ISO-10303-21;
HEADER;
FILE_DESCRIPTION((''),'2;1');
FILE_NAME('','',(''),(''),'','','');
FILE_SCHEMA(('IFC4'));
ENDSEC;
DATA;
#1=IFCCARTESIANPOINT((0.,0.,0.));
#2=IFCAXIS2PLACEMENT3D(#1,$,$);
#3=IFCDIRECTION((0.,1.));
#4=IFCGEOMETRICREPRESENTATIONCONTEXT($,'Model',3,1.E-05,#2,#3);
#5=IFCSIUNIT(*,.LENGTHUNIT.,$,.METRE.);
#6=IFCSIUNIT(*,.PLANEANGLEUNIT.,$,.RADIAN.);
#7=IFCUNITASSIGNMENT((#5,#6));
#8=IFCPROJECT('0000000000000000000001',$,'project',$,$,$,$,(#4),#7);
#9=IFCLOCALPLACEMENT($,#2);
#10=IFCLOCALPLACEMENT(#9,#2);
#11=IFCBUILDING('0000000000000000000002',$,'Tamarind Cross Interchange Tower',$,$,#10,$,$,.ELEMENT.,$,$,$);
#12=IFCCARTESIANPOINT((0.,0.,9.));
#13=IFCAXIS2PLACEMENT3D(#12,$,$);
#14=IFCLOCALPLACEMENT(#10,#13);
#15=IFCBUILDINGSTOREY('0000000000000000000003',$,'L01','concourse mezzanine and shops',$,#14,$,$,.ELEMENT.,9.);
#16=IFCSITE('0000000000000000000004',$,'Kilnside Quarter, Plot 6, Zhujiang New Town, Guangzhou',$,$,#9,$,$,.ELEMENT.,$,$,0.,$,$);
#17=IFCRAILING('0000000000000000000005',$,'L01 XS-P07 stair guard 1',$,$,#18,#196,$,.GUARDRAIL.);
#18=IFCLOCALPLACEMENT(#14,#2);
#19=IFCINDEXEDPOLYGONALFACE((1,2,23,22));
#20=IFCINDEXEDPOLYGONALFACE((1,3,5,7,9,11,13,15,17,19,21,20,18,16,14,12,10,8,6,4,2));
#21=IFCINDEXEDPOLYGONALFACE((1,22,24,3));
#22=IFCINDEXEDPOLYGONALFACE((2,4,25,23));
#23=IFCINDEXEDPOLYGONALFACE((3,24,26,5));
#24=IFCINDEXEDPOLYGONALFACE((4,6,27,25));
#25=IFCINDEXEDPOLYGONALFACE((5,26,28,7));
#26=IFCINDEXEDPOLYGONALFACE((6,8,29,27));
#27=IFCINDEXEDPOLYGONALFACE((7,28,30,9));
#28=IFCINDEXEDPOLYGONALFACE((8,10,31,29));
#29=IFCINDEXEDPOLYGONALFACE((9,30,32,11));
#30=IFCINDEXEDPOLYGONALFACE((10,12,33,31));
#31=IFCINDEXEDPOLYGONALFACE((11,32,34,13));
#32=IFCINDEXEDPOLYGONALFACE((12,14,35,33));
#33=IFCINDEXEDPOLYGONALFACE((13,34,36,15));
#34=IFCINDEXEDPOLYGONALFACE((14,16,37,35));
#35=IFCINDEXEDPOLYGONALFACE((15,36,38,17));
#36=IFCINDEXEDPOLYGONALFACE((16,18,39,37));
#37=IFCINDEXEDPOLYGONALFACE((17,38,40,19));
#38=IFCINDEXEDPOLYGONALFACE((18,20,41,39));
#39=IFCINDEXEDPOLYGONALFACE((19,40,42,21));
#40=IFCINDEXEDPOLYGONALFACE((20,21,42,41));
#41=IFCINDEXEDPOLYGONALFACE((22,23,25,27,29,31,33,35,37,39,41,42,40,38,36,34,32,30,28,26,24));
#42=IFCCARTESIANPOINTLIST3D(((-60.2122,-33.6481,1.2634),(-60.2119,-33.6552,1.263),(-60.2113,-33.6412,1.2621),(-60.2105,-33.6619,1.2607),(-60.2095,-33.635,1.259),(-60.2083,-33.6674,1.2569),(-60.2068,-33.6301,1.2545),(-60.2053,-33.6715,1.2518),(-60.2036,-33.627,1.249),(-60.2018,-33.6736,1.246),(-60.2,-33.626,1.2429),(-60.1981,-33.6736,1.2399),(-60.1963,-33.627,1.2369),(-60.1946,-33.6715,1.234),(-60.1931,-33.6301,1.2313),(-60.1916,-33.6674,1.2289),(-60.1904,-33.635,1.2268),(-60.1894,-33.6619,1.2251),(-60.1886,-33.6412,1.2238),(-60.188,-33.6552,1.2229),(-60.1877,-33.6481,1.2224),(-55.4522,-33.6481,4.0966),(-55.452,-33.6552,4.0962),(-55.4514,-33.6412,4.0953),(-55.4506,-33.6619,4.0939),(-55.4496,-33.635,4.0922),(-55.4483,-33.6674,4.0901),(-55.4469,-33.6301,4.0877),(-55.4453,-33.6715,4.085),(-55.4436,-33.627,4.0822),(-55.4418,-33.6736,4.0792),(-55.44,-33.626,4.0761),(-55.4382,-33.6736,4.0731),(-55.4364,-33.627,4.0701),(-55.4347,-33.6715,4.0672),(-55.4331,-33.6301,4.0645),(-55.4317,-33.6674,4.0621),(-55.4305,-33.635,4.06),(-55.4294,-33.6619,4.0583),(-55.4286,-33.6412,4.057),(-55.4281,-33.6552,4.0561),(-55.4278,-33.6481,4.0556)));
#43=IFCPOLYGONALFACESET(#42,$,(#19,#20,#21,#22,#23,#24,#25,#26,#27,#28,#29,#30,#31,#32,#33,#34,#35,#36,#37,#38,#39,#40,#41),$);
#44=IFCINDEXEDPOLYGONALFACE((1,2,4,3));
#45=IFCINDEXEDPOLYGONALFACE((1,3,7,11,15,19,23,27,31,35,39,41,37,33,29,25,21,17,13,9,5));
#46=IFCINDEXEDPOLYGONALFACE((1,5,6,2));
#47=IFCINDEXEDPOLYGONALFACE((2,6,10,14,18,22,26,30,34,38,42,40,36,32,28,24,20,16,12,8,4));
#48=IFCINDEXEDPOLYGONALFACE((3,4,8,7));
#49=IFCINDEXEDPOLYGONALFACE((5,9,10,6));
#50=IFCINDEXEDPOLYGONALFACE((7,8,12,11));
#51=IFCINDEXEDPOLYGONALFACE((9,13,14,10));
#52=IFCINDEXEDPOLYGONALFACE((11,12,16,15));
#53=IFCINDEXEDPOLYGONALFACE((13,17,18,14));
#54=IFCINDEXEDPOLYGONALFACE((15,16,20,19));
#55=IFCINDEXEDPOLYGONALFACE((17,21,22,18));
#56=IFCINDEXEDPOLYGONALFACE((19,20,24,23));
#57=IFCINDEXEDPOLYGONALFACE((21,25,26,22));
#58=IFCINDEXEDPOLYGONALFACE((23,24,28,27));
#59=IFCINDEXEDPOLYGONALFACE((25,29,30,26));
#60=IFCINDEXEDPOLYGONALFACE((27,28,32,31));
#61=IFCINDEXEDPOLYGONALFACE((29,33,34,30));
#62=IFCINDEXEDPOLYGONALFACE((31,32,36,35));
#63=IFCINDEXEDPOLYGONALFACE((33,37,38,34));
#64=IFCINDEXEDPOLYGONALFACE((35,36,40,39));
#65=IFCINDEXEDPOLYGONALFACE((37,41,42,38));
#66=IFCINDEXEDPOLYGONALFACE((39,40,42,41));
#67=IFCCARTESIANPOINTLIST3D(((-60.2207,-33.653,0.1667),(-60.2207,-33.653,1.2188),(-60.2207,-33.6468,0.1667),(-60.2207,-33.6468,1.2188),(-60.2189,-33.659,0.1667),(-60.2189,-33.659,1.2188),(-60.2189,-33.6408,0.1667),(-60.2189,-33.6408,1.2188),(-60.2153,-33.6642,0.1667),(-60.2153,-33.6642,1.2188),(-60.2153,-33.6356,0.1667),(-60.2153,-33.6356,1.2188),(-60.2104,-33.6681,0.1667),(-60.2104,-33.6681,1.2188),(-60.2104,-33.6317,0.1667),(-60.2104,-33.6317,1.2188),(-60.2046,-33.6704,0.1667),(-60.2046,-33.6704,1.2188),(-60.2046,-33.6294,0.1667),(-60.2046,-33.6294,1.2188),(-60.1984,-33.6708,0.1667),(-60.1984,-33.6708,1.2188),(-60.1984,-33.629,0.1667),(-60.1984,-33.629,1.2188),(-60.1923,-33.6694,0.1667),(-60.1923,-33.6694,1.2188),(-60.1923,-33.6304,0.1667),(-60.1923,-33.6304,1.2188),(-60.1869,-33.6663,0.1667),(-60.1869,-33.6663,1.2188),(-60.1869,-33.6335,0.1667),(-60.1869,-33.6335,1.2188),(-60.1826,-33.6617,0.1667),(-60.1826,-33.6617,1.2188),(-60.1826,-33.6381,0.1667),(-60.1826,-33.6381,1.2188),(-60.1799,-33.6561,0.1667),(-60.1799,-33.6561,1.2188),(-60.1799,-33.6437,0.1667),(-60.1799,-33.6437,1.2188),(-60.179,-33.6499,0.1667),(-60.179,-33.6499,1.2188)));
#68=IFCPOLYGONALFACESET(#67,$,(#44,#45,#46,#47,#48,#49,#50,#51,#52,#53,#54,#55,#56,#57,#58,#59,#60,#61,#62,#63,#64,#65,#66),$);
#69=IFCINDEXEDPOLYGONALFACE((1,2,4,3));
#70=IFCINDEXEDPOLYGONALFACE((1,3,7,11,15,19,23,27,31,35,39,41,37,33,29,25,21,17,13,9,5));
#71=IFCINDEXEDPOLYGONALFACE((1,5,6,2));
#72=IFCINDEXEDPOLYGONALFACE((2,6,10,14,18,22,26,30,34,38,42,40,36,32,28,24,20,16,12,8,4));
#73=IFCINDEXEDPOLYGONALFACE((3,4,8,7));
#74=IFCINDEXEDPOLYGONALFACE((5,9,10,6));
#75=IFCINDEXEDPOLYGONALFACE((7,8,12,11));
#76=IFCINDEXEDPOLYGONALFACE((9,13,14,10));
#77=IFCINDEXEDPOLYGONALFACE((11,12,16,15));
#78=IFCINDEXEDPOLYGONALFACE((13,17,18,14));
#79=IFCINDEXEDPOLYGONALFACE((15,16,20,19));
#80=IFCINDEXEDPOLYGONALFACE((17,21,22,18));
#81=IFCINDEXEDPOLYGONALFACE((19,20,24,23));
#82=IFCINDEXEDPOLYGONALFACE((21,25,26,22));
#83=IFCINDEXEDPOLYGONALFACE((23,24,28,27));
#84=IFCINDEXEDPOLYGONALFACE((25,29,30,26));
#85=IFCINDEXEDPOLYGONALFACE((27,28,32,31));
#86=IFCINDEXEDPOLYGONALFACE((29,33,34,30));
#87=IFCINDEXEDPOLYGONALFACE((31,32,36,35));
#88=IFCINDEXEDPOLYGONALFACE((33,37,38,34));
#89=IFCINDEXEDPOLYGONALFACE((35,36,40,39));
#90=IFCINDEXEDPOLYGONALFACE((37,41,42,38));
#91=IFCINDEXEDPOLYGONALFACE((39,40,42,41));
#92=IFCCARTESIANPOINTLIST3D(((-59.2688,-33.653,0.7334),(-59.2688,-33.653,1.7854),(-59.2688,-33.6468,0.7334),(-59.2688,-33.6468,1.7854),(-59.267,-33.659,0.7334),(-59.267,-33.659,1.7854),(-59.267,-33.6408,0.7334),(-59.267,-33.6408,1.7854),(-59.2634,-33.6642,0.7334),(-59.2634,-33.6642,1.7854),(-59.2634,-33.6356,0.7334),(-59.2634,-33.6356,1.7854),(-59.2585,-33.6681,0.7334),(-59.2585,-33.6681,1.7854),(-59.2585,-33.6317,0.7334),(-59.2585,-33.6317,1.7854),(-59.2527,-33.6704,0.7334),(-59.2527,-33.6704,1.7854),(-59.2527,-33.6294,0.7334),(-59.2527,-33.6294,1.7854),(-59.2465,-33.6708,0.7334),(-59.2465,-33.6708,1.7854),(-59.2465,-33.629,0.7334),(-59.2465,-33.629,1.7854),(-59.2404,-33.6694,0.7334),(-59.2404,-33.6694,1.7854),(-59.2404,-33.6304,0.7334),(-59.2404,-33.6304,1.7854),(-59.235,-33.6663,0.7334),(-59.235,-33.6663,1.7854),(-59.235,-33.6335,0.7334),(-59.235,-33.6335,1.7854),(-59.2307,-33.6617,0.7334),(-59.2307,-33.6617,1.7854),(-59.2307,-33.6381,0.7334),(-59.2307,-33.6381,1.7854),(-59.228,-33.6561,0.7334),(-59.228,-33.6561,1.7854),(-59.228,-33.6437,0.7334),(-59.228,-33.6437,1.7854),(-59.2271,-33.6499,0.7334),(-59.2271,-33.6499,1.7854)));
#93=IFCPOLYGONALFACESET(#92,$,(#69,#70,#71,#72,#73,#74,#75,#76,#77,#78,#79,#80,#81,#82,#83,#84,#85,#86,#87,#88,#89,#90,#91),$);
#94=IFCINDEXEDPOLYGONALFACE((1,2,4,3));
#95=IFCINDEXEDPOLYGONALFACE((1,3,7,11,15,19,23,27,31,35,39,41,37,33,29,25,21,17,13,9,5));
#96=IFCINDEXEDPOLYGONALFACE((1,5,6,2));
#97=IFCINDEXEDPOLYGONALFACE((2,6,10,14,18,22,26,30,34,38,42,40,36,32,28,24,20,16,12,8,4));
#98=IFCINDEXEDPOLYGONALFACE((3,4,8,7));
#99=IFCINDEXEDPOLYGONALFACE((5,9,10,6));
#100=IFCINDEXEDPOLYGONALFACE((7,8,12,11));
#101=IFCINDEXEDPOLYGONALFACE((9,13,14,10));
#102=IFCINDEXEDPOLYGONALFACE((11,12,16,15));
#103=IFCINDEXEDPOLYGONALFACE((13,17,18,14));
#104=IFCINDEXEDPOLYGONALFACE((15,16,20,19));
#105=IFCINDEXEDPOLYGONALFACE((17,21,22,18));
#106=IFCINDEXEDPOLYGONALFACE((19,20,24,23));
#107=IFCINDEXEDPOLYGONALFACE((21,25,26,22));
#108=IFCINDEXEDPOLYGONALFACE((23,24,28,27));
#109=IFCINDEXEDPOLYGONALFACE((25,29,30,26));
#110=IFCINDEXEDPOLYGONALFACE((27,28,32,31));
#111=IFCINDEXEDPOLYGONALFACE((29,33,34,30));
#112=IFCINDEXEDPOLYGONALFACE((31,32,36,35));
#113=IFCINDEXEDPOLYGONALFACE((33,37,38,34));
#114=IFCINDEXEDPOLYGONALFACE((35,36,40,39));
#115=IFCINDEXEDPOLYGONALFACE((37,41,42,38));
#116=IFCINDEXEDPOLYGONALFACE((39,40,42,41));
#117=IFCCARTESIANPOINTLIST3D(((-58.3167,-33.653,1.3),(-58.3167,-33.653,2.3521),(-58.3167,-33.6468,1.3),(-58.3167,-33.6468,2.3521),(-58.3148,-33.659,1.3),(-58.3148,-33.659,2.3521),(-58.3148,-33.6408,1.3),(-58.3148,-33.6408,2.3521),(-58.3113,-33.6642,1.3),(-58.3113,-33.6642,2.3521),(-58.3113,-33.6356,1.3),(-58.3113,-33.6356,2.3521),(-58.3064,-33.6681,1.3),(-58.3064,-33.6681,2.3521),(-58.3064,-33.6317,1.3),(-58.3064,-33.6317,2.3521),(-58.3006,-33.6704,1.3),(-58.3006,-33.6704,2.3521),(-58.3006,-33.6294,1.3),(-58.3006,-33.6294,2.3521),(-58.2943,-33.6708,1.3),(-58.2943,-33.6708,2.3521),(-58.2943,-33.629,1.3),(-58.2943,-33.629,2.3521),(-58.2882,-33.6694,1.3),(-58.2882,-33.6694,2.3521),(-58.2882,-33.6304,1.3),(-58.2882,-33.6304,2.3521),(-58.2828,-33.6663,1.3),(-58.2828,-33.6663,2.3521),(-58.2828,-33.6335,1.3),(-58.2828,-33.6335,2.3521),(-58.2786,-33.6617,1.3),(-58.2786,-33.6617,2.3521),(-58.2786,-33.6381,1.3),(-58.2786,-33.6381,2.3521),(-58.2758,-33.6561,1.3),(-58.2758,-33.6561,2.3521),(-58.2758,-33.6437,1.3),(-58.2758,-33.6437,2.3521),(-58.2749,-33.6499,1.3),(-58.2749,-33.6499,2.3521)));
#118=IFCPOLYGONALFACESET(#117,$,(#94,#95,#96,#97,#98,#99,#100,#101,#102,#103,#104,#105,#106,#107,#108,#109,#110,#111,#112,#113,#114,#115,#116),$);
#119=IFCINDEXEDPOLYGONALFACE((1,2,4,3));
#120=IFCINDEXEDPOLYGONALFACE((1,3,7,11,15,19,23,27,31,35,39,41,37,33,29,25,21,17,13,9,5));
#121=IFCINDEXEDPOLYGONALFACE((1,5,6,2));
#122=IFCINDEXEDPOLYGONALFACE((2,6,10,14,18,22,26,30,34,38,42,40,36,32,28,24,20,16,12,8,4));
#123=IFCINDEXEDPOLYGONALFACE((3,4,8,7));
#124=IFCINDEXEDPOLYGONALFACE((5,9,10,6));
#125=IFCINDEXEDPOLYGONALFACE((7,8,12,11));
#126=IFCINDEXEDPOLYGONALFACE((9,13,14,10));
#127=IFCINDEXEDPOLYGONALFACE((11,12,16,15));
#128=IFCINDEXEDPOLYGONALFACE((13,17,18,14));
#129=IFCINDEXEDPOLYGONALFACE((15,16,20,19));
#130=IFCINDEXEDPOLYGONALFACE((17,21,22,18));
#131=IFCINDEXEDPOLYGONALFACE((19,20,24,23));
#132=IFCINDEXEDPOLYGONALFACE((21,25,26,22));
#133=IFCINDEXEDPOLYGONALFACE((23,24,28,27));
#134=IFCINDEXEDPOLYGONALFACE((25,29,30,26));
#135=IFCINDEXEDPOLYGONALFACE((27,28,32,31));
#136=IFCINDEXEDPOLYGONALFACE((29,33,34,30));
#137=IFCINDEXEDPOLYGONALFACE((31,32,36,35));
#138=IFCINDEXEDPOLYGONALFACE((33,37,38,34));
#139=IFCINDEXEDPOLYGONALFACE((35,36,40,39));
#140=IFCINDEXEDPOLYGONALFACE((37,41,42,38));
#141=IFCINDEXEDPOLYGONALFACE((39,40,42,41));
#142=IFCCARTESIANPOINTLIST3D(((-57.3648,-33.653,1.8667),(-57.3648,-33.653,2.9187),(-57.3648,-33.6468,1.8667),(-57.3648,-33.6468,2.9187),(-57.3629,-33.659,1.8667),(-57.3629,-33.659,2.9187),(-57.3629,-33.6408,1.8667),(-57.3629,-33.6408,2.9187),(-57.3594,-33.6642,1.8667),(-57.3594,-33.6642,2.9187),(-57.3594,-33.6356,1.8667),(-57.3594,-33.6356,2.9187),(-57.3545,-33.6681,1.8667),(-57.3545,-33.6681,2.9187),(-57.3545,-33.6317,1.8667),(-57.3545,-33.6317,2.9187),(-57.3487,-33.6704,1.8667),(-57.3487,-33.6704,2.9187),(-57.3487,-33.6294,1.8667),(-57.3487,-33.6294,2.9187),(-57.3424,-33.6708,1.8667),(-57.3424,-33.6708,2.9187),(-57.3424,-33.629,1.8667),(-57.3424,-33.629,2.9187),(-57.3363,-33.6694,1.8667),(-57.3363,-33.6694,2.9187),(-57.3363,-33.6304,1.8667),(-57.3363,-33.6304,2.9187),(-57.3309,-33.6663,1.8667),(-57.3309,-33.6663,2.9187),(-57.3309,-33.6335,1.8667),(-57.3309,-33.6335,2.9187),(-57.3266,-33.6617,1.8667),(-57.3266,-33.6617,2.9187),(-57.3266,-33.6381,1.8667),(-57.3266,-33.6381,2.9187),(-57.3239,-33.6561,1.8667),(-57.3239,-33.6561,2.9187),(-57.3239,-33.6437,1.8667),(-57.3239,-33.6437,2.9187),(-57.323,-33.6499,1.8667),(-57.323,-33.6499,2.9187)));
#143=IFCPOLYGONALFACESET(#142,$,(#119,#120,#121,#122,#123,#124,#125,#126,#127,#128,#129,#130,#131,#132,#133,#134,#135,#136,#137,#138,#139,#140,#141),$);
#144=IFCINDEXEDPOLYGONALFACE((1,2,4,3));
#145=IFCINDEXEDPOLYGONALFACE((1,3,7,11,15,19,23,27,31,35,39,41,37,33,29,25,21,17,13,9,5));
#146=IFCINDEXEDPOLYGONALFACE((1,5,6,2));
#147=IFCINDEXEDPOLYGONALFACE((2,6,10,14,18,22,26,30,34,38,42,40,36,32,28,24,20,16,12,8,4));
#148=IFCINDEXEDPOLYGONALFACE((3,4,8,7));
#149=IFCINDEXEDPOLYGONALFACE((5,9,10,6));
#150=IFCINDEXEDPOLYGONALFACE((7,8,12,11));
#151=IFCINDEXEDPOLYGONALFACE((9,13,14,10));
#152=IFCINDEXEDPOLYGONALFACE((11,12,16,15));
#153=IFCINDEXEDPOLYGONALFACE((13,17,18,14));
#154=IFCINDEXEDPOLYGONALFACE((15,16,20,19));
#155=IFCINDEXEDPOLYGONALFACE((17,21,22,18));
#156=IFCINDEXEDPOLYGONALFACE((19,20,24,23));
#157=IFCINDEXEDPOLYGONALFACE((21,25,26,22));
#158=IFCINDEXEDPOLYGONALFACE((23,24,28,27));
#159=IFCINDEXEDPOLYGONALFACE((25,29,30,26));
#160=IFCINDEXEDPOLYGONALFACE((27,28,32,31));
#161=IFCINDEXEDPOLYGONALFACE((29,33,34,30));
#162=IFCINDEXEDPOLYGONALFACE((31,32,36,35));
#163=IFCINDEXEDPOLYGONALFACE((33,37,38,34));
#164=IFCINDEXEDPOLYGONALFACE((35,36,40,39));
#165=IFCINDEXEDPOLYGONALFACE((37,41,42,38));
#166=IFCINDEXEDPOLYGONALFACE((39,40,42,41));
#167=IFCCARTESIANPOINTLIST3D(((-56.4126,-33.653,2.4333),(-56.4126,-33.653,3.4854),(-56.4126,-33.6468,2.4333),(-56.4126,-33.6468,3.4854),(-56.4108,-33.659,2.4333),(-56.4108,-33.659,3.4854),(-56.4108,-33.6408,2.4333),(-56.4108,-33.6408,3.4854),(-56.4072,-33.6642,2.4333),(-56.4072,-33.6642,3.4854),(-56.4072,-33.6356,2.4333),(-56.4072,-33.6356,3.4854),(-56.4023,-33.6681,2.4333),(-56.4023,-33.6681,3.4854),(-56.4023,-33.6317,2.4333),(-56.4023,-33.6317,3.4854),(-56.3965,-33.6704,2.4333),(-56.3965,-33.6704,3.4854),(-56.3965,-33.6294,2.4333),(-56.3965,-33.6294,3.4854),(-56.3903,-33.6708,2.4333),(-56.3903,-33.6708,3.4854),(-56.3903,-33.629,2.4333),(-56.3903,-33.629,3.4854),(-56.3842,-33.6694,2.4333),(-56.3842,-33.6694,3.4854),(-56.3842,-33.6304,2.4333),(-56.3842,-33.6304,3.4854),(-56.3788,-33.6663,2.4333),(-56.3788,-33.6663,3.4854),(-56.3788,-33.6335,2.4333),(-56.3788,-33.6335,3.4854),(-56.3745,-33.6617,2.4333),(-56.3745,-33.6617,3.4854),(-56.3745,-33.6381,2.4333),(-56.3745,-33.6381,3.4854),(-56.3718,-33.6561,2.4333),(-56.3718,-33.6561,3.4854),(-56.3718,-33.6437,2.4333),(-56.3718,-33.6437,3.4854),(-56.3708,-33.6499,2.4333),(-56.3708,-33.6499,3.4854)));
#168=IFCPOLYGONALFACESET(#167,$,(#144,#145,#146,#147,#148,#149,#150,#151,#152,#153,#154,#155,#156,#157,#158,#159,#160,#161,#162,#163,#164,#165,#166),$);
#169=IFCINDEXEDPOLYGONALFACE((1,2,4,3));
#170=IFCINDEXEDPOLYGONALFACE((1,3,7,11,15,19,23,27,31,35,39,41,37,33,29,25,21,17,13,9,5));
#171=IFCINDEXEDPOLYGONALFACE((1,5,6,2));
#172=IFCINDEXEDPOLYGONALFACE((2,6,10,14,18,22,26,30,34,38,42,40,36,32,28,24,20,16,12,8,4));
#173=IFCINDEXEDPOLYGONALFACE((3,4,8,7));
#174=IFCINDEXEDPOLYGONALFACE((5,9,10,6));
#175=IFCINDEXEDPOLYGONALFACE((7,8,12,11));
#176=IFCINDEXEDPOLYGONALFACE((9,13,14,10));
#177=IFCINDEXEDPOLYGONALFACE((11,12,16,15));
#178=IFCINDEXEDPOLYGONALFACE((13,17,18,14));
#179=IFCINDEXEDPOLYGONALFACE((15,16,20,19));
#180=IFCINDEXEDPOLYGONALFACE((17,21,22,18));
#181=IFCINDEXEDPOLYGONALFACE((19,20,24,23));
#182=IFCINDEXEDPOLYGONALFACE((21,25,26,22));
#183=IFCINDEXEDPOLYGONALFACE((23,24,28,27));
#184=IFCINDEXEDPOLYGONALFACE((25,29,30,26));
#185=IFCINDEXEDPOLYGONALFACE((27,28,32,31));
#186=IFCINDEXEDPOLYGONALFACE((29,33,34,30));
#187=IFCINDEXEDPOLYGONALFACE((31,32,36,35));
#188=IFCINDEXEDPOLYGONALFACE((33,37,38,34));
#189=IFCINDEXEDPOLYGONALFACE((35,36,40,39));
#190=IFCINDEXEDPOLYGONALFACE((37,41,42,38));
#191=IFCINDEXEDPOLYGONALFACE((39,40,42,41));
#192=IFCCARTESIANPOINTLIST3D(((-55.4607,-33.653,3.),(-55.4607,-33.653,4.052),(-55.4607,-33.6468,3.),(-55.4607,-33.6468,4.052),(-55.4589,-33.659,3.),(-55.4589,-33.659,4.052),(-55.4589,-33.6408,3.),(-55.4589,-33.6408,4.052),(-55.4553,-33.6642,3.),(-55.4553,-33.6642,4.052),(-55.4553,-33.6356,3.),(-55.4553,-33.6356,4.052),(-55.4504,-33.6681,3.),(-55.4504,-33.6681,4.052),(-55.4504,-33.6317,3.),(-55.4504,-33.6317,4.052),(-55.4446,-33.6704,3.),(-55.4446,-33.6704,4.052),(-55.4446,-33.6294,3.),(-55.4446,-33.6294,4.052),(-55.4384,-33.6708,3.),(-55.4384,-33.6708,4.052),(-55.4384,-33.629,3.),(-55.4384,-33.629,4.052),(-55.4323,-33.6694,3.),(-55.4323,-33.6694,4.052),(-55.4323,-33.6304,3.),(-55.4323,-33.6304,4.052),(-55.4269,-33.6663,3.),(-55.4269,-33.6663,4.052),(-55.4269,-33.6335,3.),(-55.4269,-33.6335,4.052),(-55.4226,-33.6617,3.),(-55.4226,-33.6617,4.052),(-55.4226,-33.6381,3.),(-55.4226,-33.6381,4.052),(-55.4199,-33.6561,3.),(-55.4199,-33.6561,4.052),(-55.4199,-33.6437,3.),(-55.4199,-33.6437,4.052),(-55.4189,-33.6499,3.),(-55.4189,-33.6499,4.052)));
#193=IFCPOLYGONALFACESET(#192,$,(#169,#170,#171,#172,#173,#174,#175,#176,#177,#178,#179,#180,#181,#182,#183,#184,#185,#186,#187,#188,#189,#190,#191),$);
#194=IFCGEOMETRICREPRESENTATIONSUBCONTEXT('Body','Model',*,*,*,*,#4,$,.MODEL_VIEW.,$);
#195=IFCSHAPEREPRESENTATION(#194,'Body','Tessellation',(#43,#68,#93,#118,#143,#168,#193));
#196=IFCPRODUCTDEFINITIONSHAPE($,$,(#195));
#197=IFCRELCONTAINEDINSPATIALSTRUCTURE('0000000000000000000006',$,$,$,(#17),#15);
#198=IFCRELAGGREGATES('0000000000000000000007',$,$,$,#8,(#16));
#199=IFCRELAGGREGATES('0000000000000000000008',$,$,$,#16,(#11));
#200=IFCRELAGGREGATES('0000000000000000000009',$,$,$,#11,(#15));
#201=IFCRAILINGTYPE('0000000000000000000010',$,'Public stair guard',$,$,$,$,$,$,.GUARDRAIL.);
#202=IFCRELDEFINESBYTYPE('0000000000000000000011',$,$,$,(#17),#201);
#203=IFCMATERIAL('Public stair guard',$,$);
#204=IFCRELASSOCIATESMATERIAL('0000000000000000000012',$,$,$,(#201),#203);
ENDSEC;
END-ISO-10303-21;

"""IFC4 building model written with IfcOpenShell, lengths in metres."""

from ifc_helpers import new_model, si_unit, direction, frame, origin, origin_2d, place, context, subcontext, project, spatial, circle, extrude, material, type_object, element, save


model = new_model("IFC4")

# Units and contexts
model_context = context("Model", 3, precision=1e-05, world=origin(), true_north=direction((0.0, 1.0)))
body_context = subcontext(model_context, "Body", "Model", "MODEL_VIEW")
ifc_project = project(units=[si_unit("LENGTHUNIT", "METRE"), si_unit("PLANEANGLEUNIT", "RADIAN")], contexts=[model_context])

# Site, building, storey
site_placement = place(None, origin())
site = spatial("IfcSite", under=ifc_project, at=site_placement, Name="Kilnside Quarter, Plot 6, Zhujiang New Town, Guangzhou", CompositionType="ELEMENT", RefElevation=0.0)
building_placement = place(site_placement, origin())
building = spatial("IfcBuilding", under=site, at=building_placement, Name="Tamarind Cross Interchange Tower", CompositionType="ELEMENT")
storey_placement = place(building_placement, frame((0.0, 0.0, 9.0)))
storey = spatial("IfcBuildingStorey", under=building, at=storey_placement, Name="L01", Description="concourse mezzanine and shops", CompositionType="ELEMENT", Elevation=9.0)

# Railing
ifc_material_1 = material(Name="Public stair guard")
railing_type_1 = type_object("IfcRailingType", Name="Public stair guard", PredefinedType="GUARDRAIL", material=ifc_material_1)
railing_1_placement = place(storey_placement, frame((-60.2, -33.6499, 0.1667)))
element("IfcRailing", 1, at=railing_1_placement, inside=storey, type_object=railing_type_1, Name="L01 XS-P07 stair guard 1", PredefinedType="GUARDRAIL", context=body_context, shape_type="SweptSolid", body=[
    extrude(circle(Radius=0.0239, at=origin_2d()), frame((0.0, 0.0, 1.0762), z_axis=(0.8593, 0.0, 0.511472), x_axis=(0.0, 1.0, 0.0)), (0.0, 0.0, 1.0), 5.5393),
    extrude(circle(Radius=0.021, at=origin_2d()), origin(), (0.0, 0.0, 1.0), 1.052),
    extrude(circle(Radius=0.021, at=origin_2d()), frame((0.9519, 0.0, 0.5667)), (0.0, 0.0, 1.0), 1.052),
    extrude(circle(Radius=0.021, at=origin_2d()), frame((1.9041, 0.0, 1.1333)), (0.0, 0.0, 1.0), 1.052),
    extrude(circle(Radius=0.021, at=origin_2d()), frame((2.856, 0.0, 1.7)), (0.0, 0.0, 1.0), 1.052),
    extrude(circle(Radius=0.021, at=origin_2d()), frame((3.8081, 0.0, 2.2666)), (0.0, 0.0, 1.0), 1.052),
    extrude(circle(Radius=0.021, at=origin_2d()), frame((4.76, 0.0, 2.8333)), (0.0, 0.0, 1.0), 1.052),
])

save(model, "model.ifc")
